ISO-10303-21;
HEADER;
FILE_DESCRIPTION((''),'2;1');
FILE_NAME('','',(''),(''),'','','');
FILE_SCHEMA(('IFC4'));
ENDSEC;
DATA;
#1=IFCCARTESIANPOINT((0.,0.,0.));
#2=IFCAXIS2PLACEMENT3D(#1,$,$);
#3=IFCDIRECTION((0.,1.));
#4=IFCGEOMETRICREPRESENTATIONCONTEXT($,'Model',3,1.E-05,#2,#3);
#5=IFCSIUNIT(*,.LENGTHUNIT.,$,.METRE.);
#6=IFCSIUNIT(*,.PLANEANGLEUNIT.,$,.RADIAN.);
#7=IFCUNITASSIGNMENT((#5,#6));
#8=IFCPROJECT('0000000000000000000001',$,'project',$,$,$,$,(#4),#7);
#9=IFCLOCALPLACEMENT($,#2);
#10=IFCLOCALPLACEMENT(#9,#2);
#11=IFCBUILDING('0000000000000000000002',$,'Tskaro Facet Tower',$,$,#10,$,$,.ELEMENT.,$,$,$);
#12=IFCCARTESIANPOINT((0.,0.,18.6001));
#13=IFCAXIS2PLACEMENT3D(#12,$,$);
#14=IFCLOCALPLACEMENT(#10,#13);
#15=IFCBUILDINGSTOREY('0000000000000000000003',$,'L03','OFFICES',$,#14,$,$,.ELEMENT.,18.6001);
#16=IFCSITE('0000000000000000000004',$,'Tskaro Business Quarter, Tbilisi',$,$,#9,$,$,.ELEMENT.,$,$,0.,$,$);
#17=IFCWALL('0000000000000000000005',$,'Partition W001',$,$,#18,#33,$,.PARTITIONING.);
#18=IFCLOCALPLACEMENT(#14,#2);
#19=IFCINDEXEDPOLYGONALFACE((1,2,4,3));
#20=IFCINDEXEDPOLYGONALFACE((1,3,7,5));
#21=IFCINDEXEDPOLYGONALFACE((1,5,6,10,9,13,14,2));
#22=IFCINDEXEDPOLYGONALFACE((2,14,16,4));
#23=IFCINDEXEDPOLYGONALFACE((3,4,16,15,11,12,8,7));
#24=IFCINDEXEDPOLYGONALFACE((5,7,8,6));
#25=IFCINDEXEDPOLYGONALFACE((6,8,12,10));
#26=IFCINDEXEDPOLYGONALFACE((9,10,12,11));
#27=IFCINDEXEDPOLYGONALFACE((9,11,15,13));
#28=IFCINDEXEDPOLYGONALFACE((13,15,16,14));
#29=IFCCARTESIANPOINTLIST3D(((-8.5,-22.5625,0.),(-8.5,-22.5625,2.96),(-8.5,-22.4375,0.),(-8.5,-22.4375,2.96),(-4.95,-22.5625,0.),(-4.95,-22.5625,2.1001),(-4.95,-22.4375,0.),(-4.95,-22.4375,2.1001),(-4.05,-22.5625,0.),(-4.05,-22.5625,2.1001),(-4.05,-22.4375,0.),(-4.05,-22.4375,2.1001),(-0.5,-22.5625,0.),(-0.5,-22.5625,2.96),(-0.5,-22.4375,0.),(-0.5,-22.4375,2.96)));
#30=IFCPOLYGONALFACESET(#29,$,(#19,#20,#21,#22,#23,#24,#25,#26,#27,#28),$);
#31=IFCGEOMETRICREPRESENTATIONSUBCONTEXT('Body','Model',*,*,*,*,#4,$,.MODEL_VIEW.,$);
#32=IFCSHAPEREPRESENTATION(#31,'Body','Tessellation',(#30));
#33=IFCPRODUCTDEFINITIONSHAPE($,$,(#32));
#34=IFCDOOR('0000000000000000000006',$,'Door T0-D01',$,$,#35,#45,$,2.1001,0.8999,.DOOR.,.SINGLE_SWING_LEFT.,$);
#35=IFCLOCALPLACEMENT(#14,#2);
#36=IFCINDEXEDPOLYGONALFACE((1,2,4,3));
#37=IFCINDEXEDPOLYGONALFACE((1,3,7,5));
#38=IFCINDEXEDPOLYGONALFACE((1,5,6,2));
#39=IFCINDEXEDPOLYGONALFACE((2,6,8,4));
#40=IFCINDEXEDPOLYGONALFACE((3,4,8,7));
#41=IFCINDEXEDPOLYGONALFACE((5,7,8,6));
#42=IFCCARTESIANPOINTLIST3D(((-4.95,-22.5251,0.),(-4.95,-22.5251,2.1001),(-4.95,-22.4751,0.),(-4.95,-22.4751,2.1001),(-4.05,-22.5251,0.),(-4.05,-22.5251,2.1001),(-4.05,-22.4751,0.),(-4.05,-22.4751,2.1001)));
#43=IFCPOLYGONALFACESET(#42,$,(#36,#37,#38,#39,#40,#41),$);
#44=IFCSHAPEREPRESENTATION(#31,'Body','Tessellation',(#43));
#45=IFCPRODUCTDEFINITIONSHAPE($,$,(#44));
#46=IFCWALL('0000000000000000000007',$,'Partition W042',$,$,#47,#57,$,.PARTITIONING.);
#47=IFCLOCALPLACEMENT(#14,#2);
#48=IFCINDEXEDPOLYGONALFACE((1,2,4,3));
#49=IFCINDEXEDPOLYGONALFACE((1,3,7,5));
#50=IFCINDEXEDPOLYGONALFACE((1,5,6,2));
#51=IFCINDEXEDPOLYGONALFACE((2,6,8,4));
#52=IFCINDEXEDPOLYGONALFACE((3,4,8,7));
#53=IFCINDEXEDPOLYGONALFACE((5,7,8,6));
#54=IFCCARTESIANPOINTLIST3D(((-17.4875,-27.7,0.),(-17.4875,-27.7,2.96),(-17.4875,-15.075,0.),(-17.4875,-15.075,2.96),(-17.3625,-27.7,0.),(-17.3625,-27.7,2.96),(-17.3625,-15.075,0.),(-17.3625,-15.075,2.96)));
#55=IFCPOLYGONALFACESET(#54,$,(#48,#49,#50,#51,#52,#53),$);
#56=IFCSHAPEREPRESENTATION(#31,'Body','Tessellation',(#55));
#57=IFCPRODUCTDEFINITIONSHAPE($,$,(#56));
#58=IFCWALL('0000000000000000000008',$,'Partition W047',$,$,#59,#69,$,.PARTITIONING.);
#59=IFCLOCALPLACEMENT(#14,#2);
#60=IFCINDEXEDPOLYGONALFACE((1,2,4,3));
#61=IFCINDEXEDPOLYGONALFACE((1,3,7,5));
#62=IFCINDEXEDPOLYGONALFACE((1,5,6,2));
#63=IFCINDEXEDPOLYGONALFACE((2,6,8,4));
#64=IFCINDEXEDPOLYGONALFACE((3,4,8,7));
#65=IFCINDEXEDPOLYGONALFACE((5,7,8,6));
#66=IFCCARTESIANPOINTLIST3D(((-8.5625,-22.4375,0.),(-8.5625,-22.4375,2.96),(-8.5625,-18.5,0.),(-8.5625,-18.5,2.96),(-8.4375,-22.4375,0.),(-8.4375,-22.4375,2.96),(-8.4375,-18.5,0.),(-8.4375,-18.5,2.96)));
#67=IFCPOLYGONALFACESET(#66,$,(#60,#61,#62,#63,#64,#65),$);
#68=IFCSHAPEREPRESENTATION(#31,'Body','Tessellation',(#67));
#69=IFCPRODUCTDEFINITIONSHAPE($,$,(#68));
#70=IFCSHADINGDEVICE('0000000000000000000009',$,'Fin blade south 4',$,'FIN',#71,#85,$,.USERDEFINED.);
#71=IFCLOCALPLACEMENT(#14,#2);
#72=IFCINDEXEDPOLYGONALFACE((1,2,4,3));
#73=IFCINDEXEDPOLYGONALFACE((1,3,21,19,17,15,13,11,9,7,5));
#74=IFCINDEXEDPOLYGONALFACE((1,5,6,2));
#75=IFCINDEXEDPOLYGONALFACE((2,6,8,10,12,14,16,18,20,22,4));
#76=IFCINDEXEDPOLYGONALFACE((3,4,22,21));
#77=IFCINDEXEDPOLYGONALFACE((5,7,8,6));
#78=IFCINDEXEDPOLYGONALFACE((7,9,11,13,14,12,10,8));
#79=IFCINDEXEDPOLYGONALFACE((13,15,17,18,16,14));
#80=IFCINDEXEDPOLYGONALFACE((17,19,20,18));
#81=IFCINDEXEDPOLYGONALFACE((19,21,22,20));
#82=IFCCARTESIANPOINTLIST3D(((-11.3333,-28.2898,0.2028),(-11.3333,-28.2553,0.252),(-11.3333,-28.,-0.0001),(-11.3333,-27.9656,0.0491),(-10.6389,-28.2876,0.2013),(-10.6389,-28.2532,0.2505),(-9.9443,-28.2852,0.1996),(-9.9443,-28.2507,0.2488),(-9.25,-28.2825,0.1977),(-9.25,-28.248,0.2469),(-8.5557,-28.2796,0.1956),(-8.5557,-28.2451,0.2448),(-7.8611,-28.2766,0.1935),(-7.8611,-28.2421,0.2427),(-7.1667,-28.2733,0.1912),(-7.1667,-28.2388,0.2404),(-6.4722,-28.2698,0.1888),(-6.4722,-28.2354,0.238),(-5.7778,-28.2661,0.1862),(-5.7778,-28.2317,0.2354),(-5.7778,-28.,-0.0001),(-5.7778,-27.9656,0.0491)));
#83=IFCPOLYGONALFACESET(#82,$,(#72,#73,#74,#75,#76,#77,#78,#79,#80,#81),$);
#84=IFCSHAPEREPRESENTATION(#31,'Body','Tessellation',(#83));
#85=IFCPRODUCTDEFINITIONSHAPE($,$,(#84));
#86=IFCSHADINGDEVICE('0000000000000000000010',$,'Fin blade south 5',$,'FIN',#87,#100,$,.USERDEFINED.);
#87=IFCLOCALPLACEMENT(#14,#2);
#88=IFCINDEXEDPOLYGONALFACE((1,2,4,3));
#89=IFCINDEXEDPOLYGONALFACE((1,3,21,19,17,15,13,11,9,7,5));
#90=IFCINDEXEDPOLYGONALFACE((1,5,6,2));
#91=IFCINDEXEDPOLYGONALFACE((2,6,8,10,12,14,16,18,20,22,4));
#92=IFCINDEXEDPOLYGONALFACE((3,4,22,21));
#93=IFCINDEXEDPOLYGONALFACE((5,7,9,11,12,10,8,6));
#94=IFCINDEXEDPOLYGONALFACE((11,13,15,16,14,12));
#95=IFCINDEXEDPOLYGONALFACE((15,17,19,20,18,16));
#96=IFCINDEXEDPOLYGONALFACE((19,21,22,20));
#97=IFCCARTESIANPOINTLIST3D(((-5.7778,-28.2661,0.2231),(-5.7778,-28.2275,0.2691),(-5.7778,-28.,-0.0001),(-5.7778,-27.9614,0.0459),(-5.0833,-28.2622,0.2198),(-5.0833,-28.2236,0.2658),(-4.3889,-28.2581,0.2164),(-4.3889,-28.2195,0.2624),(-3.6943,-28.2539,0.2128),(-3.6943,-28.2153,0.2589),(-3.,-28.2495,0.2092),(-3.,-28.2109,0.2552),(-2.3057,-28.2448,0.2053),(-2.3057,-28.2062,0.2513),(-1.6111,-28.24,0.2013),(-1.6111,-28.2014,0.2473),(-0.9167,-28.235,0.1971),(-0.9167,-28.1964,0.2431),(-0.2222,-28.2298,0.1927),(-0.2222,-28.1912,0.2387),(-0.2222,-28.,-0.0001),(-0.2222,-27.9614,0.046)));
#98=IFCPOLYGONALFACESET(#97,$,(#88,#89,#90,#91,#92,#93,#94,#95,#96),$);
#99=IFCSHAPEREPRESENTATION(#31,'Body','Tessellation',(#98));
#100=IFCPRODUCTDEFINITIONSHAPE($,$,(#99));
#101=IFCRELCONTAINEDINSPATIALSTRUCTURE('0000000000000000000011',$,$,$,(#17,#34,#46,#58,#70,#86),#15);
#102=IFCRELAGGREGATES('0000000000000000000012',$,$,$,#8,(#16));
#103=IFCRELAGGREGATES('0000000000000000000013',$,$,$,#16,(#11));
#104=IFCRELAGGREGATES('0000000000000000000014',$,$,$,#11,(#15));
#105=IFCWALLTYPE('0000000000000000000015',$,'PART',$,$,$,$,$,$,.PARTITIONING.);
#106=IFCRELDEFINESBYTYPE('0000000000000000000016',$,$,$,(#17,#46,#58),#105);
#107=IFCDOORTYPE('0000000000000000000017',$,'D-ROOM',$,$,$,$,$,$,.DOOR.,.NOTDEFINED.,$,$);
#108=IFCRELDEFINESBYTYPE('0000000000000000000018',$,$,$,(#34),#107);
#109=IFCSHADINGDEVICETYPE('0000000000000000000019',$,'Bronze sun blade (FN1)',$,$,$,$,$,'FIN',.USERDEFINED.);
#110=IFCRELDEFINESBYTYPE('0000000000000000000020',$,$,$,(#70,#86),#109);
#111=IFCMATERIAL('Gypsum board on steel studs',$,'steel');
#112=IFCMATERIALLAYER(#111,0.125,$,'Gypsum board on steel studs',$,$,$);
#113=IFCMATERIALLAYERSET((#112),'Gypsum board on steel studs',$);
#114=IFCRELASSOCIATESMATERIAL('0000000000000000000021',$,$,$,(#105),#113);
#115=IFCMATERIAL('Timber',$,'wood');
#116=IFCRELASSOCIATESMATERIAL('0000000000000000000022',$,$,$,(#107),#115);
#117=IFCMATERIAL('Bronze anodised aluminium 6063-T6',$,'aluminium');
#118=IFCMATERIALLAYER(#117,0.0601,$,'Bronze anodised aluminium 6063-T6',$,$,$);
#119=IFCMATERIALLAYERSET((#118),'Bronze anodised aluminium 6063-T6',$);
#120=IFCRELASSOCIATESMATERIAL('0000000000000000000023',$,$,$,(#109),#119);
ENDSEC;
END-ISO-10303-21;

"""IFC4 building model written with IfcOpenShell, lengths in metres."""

from ifc_helpers import new_model, si_unit, direction, frame, frame_2d, origin, place, context, subcontext, project, spatial, polyline, rectangle, outline, extrude, material, layer, layer_set, type_object, element, fill, save


model = new_model("IFC4")

# Units and contexts
model_context = context("Model", 3, precision=1e-05, world=origin(), true_north=direction((0.0, 1.0)))
body_context = subcontext(model_context, "Body", "Model", "MODEL_VIEW")
ifc_project = project(units=[si_unit("LENGTHUNIT", "METRE"), si_unit("PLANEANGLEUNIT", "RADIAN")], contexts=[model_context])

# Site, building, storey
site_placement = place(None, origin())
site = spatial("IfcSite", under=ifc_project, at=site_placement, Name="Tskaro Business Quarter, Tbilisi", CompositionType="ELEMENT", RefElevation=0.0)
building_placement = place(site_placement, origin())
building = spatial("IfcBuilding", under=site, at=building_placement, Name="Tskaro Facet Tower", CompositionType="ELEMENT")
storey_placement = place(building_placement, frame((0.0, 0.0, 18.6001)))
storey = spatial("IfcBuildingStorey", under=building, at=storey_placement, Name="L03", Description="OFFICES", CompositionType="ELEMENT", Elevation=18.6001)

# Shared definitions
ifc_material_1 = material(Name="Bronze anodised aluminium 6063-T6", Category="aluminium")

# Wall, opening, door
ifc_material_2 = material(Name="Gypsum board on steel studs", Category="steel")
ifc_layer_1 = layer(ifc_material_2, 0.125, Name="Gypsum board on steel studs")
ifc_layer_set_1 = layer_set([ifc_layer_1], Name="Gypsum board on steel studs")
wall_type = type_object("IfcWallType", Name="PART", PredefinedType="PARTITIONING", material=ifc_layer_set_1)
wall_1_placement = place(storey_placement, frame((-8.5, -22.5, 0.0), z_axis=(0.0, 0.0, 1.0), x_axis=(1.0, 0.0, 0.0)))
wall_1 = element("IfcWall", 1, at=wall_1_placement, inside=storey, type_object=wall_type, Name="Partition W001", PredefinedType="PARTITIONING", context=body_context, shape_type="SweptSolid", body=[
    extrude(rectangle(XDim=8.0, YDim=0.125, at=frame_2d((4.0, 0.0))), origin(), (0.0, 0.0, 1.0), 2.96),
])
opening_placement = place(wall_1_placement, frame((3.55, 0.0, 0.0)))
opening = element("IfcOpeningElement", 2, at=opening_placement, cuts=wall_1, PredefinedType="OPENING", context=body_context, shape_type="SweptSolid", body=[
    extrude(rectangle(XDim=0.8999, YDim=2.1001, at=frame_2d((0.45, 1.05))), frame((0.0, 0.0725, 0.0), z_axis=(0.0, -1.0, 0.0), x_axis=(1.0, 0.0, 0.0)), (0.0, 0.0, 1.0), 0.145),
])
ifc_material_3 = material(Name="Timber", Category="wood")
door_type = type_object("IfcDoorType", Name="D-ROOM", OperationType="NOTDEFINED", PredefinedType="DOOR", material=ifc_material_3)
door_placement = place(opening_placement, origin())
door = element("IfcDoor", 3, at=door_placement, inside=storey, type_object=door_type, Name="Door T0-D01", OperationType="SINGLE_SWING_LEFT", OverallHeight=2.1001, OverallWidth=0.8999, PredefinedType="DOOR", context=body_context, shape_type="SweptSolid", body=[
    extrude(rectangle(XDim=0.8999, YDim=2.1001, at=frame_2d((0.45, 1.05))), frame((0.0, 0.0249, 0.0), z_axis=(0.0, -1.0, 0.0), x_axis=(1.0, 0.0, 0.0)), (0.0, 0.0, 1.0), 0.05),
])
fill(opening, door)

# Walls
wall_2_placement = place(storey_placement, frame((-17.425, -27.7, 0.0), z_axis=(0.0, 0.0, 1.0), x_axis=(0.0, 1.0, 0.0)))
element("IfcWall", 4, at=wall_2_placement, inside=storey, type_object=wall_type, Name="Partition W042", PredefinedType="PARTITIONING", context=body_context, shape_type="SweptSolid", body=[
    extrude(rectangle(XDim=12.625, YDim=0.125, at=frame_2d((6.3125, 0.0))), origin(), (0.0, 0.0, 1.0), 2.96),
])
wall_3_placement = place(storey_placement, frame((-8.5, -22.4375, 0.0), z_axis=(0.0, 0.0, 1.0), x_axis=(0.0, 1.0, 0.0)))
element("IfcWall", 5, at=wall_3_placement, inside=storey, type_object=wall_type, Name="Partition W047", PredefinedType="PARTITIONING", context=body_context, shape_type="SweptSolid", body=[
    extrude(rectangle(XDim=3.9375, YDim=0.125, at=frame_2d((1.9688, 0.0))), origin(), (0.0, 0.0, 1.0), 2.96),
])

# Shading devices
ifc_layer_2 = layer(ifc_material_1, 0.0601, Name="Bronze anodised aluminium 6063-T6")
ifc_layer_set_2 = layer_set([ifc_layer_2], Name="Bronze anodised aluminium 6063-T6")
shading_device_type = type_object("IfcShadingDeviceType", Name="Bronze sun blade (FN1)", ElementType="FIN", PredefinedType="USERDEFINED", material=ifc_layer_set_2)
shading_device_1_placement = place(storey_placement, frame((-11.3333, -27.9656, 0.0491), z_axis=(0.000001, 0.573616, 0.819125), x_axis=(1.0, -0.000001, -0.000001)))
element("IfcShadingDevice", 6, at=shading_device_1_placement, inside=storey, type_object=shading_device_type, Name="Fin blade south 4", ObjectType="FIN", PredefinedType="USERDEFINED", context=body_context, shape_type="SweptSolid", body=[
    extrude(outline(polyline([(0.0, 0.0), (5.5554, 0.0), (5.5554, -0.3248), (4.8611, -0.3294), (4.1665, -0.3336), (3.4722, -0.3376), (2.7776, -0.3413), (2.0833, -0.3448), (1.3889, -0.3481), (0.6943, -0.3511), (0.0, -0.3538), (0.0, 0.0)])), origin(), (0.0, 0.0, -1.0), 0.0601),
])
shading_device_2_placement = place(storey_placement, frame((-5.7778, -27.9614, 0.0459), z_axis=(-0.000016, 0.642625, 0.766181), x_axis=(1.0, 0.00001, 0.000012)))
element("IfcShadingDevice", 7, at=shading_device_2_placement, inside=storey, type_object=shading_device_type, Name="Fin blade south 5", ObjectType="FIN", PredefinedType="USERDEFINED", context=body_context, shape_type="SweptSolid", body=[
    extrude(outline(polyline([(0.0, 0.0), (5.5557, 0.0), (5.5557, -0.3), (4.8611, -0.3067), (4.1667, -0.3133), (3.4722, -0.3196), (2.7778, -0.3256), (2.0835, -0.3313), (1.3889, -0.3369), (0.6946, -0.3423), (0.0, -0.3473), (0.0, 0.0)])), origin(), (0.0, 0.0, -1.0), 0.0601),
])

save(model, "model.ifc")
